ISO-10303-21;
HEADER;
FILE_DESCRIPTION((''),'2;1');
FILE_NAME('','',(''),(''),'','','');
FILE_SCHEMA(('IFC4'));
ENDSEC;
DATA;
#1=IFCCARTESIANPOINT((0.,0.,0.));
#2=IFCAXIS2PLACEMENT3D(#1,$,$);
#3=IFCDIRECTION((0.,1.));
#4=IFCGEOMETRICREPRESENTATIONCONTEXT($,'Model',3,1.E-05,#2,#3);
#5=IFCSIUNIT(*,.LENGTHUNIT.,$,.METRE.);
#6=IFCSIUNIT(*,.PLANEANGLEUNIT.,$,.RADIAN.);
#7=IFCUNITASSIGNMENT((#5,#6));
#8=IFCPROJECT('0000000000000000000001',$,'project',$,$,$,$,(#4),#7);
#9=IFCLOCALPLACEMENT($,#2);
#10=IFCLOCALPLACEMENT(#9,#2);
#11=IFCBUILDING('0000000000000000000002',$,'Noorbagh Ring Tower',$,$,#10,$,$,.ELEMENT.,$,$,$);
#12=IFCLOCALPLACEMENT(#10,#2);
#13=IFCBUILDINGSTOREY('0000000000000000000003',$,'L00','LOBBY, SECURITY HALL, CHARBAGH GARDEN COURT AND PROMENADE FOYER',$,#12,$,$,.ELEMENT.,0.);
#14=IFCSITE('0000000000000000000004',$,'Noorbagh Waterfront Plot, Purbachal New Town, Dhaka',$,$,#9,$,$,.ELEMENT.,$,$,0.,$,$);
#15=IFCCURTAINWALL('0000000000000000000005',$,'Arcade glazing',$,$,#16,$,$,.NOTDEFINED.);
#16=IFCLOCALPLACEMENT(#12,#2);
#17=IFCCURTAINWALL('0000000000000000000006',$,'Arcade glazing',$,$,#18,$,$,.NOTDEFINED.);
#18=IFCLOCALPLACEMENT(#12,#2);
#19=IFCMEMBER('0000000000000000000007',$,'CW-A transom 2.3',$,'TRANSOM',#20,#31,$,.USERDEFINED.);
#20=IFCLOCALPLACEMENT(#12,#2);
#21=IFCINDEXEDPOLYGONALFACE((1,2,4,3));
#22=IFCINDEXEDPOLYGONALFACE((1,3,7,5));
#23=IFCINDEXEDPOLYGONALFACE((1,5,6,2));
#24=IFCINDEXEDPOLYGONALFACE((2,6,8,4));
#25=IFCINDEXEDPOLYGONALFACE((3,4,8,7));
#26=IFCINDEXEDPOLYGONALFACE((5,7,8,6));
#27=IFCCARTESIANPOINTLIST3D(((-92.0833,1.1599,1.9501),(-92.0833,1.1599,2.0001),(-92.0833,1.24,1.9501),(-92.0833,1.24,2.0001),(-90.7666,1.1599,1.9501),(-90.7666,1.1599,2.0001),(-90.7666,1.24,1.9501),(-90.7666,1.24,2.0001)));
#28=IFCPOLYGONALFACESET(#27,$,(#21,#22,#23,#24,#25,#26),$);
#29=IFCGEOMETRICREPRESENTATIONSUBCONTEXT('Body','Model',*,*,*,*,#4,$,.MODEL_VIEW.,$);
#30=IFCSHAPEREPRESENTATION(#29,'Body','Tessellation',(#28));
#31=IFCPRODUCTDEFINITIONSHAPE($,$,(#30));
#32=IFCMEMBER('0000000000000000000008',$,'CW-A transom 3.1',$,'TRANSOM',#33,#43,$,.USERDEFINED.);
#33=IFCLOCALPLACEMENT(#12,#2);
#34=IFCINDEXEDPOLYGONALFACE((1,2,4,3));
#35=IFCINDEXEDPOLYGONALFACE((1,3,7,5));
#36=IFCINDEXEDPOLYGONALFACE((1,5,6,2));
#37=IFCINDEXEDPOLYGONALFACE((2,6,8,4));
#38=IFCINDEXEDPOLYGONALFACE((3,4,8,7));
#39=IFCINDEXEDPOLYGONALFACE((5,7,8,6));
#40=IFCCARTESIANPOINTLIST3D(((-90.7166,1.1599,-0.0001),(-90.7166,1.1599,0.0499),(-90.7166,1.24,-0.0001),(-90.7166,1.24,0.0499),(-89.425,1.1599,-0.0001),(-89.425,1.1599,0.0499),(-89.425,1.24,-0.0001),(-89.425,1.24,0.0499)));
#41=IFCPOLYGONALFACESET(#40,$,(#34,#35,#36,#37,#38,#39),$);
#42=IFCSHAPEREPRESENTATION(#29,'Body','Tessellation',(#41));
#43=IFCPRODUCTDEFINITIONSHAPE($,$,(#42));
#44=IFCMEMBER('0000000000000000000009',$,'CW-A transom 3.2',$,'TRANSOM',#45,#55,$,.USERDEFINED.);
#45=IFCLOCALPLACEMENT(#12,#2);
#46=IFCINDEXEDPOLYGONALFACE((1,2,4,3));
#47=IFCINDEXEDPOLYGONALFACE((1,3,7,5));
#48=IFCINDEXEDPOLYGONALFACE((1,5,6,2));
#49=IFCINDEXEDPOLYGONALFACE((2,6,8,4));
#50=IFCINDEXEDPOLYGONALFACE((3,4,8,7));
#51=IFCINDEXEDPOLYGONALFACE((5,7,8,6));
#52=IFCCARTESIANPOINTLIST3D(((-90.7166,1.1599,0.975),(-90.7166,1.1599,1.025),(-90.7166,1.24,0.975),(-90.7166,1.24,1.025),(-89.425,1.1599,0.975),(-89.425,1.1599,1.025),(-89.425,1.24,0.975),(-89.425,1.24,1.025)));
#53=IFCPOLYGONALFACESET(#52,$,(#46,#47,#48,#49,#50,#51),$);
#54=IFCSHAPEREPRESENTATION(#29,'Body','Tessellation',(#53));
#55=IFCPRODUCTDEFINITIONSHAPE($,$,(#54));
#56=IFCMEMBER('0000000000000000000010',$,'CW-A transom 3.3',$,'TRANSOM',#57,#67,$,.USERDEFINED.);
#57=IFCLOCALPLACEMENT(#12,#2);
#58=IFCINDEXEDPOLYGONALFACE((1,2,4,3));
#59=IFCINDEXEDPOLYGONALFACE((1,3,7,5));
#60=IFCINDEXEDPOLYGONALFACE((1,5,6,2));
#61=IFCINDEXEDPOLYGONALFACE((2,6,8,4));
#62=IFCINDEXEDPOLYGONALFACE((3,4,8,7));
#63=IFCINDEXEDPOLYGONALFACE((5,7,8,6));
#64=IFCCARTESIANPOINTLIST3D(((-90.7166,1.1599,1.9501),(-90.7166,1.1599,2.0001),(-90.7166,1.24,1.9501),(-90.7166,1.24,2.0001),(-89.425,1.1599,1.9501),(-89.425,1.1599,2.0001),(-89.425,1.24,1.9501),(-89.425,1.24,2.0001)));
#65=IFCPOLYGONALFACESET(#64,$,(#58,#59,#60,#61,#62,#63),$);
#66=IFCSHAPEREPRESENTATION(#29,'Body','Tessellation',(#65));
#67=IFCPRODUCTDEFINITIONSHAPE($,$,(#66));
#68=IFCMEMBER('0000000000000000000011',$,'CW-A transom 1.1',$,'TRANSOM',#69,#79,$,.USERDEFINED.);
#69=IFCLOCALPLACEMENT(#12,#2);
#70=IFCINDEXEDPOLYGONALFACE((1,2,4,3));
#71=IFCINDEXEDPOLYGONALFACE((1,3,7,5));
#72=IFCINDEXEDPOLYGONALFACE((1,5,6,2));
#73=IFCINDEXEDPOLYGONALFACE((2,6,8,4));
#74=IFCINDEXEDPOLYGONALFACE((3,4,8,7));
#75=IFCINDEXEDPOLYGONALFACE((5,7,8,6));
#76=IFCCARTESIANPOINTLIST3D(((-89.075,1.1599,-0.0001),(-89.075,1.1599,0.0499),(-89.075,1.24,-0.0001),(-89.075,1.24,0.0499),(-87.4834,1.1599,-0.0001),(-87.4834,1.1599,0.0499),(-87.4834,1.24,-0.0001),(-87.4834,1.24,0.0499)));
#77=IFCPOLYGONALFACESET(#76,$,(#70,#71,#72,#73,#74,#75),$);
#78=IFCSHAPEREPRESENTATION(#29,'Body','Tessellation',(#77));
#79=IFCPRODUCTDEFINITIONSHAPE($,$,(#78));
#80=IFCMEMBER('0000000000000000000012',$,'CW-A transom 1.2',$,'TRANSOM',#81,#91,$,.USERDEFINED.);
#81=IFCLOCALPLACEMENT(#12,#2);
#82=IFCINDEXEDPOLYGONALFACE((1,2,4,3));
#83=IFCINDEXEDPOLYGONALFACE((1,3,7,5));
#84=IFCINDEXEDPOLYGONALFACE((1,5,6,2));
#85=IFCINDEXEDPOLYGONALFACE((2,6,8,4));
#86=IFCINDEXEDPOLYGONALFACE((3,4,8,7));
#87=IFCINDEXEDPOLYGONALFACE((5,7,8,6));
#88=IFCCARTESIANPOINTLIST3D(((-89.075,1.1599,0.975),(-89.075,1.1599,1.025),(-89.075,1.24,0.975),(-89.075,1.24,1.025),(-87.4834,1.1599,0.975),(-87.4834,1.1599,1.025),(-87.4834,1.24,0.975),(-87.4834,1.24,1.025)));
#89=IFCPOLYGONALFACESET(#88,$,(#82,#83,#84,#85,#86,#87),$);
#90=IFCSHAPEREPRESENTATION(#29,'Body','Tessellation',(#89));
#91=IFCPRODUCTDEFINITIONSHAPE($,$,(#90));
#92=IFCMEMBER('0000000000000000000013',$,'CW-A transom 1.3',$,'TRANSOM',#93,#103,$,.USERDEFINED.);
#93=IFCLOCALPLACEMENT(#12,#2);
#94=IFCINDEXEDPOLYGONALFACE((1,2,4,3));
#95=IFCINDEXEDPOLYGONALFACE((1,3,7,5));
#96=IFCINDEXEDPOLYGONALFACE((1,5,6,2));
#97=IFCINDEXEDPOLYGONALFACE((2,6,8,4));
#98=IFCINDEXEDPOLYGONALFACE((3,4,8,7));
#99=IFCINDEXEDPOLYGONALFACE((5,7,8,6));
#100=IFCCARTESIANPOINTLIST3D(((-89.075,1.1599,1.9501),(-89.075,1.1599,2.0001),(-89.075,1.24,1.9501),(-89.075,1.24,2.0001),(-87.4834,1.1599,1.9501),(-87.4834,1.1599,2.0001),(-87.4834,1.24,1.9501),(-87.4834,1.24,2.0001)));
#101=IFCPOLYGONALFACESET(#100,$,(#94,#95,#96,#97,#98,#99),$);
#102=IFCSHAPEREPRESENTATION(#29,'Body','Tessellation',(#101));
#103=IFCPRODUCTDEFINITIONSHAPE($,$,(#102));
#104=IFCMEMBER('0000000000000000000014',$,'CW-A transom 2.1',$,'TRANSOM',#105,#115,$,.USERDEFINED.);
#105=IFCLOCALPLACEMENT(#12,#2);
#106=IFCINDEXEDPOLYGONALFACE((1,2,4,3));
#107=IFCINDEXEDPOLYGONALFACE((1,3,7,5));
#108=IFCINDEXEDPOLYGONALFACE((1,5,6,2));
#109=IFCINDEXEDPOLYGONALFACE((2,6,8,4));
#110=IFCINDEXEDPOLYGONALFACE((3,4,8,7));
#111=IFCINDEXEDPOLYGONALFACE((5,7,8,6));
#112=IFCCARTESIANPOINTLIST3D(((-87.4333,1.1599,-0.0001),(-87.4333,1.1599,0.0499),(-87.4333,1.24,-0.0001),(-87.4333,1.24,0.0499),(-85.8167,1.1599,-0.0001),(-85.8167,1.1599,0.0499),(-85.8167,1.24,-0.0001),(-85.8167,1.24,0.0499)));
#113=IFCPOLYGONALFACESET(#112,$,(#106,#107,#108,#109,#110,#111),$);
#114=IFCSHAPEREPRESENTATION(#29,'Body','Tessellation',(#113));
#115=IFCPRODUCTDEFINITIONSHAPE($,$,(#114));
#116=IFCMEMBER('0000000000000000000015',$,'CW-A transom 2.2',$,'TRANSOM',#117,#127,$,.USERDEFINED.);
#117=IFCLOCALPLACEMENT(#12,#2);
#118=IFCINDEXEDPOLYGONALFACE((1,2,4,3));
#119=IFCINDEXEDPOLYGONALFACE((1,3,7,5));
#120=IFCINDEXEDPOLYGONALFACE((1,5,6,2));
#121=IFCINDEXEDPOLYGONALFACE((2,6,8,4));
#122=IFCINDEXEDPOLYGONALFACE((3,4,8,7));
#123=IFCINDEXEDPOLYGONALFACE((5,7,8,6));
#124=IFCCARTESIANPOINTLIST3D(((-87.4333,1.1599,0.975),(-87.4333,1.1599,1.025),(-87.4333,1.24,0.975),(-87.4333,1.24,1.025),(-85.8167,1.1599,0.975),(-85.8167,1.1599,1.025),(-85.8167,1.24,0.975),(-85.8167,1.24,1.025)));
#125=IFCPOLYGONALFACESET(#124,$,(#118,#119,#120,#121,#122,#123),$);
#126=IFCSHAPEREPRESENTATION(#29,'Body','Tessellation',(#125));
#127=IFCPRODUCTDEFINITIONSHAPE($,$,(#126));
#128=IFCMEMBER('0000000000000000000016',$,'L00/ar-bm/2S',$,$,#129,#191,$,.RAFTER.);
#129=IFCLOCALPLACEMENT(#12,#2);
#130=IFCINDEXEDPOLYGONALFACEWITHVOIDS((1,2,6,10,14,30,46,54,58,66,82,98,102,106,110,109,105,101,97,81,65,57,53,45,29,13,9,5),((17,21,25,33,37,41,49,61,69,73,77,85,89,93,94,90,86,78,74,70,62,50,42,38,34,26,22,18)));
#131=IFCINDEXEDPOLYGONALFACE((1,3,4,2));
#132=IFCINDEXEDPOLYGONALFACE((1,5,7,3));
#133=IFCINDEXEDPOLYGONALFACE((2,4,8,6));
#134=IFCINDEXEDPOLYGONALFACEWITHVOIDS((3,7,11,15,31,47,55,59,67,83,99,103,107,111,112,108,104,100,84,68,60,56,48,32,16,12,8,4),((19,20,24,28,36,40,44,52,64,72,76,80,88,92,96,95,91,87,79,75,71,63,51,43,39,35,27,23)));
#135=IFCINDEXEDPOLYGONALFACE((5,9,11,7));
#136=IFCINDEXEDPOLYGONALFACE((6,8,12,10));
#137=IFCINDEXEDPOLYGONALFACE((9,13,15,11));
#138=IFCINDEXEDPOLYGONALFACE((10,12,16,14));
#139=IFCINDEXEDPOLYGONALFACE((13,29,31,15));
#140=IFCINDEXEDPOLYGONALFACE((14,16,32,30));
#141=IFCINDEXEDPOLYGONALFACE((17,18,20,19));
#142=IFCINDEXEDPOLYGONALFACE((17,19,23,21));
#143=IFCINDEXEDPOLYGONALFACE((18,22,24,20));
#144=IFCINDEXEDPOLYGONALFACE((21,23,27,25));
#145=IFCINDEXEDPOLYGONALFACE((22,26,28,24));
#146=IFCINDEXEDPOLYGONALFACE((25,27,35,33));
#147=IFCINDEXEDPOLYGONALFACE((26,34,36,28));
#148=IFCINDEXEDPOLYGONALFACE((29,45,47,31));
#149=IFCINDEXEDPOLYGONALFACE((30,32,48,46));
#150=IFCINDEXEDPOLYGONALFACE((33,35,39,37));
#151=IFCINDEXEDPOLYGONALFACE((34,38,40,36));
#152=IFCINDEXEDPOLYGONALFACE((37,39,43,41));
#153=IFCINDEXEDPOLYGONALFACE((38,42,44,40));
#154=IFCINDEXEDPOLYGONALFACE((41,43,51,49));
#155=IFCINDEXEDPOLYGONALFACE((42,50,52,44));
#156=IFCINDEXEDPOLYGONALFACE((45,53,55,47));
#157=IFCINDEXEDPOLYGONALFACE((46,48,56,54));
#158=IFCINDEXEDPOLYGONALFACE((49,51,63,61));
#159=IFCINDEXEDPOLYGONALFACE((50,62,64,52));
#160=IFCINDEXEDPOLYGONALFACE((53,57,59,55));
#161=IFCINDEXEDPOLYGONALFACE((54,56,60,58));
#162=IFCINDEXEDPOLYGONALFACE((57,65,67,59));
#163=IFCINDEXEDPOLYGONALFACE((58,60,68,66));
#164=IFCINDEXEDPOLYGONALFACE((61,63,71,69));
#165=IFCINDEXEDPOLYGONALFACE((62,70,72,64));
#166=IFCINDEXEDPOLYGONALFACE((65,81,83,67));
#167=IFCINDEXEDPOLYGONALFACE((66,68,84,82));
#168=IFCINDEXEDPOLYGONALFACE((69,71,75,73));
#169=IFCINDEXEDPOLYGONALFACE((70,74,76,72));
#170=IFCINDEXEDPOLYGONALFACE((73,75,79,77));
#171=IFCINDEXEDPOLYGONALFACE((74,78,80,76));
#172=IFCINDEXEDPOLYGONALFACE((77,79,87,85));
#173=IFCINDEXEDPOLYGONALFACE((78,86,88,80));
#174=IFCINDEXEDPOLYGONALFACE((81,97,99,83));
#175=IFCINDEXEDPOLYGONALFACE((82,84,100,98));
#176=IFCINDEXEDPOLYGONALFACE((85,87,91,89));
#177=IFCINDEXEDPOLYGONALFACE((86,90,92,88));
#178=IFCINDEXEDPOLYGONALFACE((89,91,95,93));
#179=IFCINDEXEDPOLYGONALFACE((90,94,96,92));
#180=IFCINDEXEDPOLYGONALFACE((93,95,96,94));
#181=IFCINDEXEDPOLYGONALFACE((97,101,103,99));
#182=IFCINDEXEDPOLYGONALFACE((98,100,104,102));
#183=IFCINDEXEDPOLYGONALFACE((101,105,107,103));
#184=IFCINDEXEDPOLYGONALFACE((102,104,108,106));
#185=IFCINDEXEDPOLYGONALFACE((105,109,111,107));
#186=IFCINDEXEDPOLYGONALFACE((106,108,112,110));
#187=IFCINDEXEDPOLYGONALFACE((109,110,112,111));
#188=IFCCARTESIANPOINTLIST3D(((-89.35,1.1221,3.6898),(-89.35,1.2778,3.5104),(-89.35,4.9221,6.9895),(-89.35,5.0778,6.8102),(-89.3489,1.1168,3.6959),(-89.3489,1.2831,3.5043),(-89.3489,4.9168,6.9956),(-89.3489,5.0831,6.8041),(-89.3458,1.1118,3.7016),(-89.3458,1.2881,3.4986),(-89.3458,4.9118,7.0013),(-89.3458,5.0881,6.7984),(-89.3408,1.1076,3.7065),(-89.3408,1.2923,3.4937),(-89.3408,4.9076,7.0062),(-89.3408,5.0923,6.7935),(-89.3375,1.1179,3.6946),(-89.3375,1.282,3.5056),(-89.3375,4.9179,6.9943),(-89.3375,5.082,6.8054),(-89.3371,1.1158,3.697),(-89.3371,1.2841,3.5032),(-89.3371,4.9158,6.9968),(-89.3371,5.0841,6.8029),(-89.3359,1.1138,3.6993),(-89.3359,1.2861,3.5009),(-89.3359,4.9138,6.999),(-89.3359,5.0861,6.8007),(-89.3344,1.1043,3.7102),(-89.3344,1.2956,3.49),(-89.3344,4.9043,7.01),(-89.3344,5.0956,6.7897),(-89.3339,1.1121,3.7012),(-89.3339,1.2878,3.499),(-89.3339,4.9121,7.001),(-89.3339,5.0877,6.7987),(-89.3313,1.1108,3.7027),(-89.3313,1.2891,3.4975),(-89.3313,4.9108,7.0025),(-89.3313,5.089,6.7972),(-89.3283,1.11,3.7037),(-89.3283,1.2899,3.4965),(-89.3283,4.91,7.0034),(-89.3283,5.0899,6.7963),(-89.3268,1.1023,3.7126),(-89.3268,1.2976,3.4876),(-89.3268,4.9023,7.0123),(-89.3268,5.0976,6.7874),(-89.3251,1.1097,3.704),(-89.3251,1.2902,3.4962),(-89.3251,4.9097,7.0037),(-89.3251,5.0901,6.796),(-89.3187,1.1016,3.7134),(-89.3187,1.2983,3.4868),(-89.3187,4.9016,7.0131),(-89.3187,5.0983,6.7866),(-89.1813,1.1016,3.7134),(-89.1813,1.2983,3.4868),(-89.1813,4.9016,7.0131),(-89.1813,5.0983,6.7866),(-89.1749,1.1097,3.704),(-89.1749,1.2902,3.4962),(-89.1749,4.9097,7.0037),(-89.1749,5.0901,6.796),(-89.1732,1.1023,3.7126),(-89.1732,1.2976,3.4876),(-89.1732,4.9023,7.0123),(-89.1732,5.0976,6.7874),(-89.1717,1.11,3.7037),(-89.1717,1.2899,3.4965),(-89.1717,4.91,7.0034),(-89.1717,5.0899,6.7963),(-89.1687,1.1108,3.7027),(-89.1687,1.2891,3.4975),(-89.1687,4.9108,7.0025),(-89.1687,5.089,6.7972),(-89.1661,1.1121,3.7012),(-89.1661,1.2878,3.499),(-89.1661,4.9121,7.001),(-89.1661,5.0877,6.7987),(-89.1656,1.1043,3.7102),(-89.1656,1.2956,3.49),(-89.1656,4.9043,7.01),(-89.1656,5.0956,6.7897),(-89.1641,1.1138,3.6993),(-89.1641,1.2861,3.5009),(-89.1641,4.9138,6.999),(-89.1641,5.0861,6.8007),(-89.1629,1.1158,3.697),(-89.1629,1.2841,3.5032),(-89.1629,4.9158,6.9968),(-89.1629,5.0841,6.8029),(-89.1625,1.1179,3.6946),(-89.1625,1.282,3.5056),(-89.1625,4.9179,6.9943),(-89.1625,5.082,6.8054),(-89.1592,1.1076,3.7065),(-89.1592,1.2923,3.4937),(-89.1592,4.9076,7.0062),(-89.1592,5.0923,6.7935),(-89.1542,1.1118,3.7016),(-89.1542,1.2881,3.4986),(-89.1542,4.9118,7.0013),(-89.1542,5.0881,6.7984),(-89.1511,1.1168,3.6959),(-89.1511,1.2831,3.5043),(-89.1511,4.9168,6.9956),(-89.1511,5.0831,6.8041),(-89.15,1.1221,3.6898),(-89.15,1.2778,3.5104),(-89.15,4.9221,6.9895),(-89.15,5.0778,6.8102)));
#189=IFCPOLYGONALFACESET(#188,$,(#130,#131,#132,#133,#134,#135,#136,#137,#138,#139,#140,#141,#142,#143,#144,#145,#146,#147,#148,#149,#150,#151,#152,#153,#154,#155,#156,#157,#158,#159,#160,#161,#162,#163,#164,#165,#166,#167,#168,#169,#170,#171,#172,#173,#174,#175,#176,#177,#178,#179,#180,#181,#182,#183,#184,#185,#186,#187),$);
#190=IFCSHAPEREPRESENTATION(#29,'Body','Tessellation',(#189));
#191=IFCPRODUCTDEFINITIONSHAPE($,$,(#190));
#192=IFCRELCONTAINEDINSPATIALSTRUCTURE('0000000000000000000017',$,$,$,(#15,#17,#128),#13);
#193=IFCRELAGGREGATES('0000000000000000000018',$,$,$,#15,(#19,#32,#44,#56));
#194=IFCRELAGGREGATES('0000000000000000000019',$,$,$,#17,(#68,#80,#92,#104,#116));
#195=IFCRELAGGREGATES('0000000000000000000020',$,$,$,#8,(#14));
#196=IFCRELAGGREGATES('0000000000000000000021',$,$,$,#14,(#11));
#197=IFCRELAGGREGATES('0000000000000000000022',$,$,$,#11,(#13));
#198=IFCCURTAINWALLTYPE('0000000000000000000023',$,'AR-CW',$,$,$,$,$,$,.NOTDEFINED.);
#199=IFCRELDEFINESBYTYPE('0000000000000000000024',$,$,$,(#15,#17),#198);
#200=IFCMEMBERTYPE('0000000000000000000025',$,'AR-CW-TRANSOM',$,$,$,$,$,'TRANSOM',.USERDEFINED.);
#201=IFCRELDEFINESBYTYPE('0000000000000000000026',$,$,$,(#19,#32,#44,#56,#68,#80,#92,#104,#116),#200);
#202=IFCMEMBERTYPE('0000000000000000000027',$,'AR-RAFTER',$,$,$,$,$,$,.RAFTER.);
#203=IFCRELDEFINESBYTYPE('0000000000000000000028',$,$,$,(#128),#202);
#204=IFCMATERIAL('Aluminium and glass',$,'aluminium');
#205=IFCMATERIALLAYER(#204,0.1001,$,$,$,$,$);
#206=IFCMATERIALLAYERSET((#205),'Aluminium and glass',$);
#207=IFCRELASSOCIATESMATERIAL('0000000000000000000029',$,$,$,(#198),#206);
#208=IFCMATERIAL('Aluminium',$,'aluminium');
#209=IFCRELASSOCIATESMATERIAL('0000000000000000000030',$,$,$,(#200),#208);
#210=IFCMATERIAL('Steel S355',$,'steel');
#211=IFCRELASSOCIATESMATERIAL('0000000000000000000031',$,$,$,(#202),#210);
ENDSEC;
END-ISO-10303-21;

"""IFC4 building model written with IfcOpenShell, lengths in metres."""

from ifc_helpers import new_model, si_unit, direction, frame, origin, origin_2d, place, context, subcontext, project, spatial, rectangle, hollow_rectangle, extrude, material, layer, layer_set, material_profile, profile_set, type_object, element, aggregate, save


model = new_model("IFC4")

# Units and contexts
model_context = context("Model", 3, precision=1e-05, world=origin(), true_north=direction((0.0, 1.0)))
body_context = subcontext(model_context, "Body", "Model", "MODEL_VIEW")
ifc_project = project(units=[si_unit("LENGTHUNIT", "METRE"), si_unit("PLANEANGLEUNIT", "RADIAN")], contexts=[model_context])

# Site, building, storey
site_placement = place(None, origin())
site = spatial("IfcSite", under=ifc_project, at=site_placement, Name="Noorbagh Waterfront Plot, Purbachal New Town, Dhaka", CompositionType="ELEMENT", RefElevation=0.0)
building_placement = place(site_placement, origin())
building = spatial("IfcBuilding", under=site, at=building_placement, Name="Noorbagh Ring Tower", CompositionType="ELEMENT")
storey_placement = place(building_placement, origin())
storey = spatial("IfcBuildingStorey", under=building, at=storey_placement, Name="L00", Description="LOBBY, SECURITY HALL, CHARBAGH GARDEN COURT AND PROMENADE FOYER", CompositionType="ELEMENT", Elevation=0.0)

# Curtain walls
ifc_material_1 = material(Name="Aluminium and glass", Category="aluminium")
ifc_layer_1 = layer(ifc_material_1, 0.1001)
ifc_layer_set_1 = layer_set([ifc_layer_1], Name="Aluminium and glass")
curtain_wall_type = type_object("IfcCurtainWallType", Name="AR-CW", PredefinedType="NOTDEFINED", material=ifc_layer_set_1)
curtain_wall_1_placement = place(storey_placement, origin())
curtain_wall_1 = element("IfcCurtainWall", 1, at=curtain_wall_1_placement, inside=storey, type_object=curtain_wall_type, Name="Arcade glazing", PredefinedType="NOTDEFINED")
curtain_wall_2_placement = place(storey_placement, origin())
curtain_wall_2 = element("IfcCurtainWall", 2, at=curtain_wall_2_placement, inside=storey, type_object=curtain_wall_type, Name="Arcade glazing", PredefinedType="NOTDEFINED")

# Members
ifc_material_2 = material(Name="Aluminium", Category="aluminium")
ifc_material_profile_1 = material_profile(ifc_material_2, rectangle(XDim=0.0801, YDim=0.05, at=origin_2d()), Name="AL 80x50")
ifc_profile_set_1 = profile_set([ifc_material_profile_1], Name="Aluminium")
member_type_1 = type_object("IfcMemberType", Name="AR-CW-TRANSOM", ElementType="TRANSOM", PredefinedType="USERDEFINED", material=ifc_profile_set_1)
member_1_placement = place(storey_placement, frame((-92.0833, 1.2, 1.9751), z_axis=(1.0, 0.0, 0.0), x_axis=(0.0, 1.0, 0.0)))
member_1 = element("IfcMember", 3, at=member_1_placement, type_object=member_type_1, Name="CW-A transom 2.3", ObjectType="TRANSOM", PredefinedType="USERDEFINED", context=body_context, shape_type="SweptSolid", body=[
    extrude(rectangle(XDim=0.0801, YDim=0.05, at=origin_2d()), origin(), (0.0, 0.0, 1.0), 1.3167),
])
member_2_placement = place(storey_placement, frame((-90.7166, 1.2, 0.0249), z_axis=(1.0, 0.0, 0.0), x_axis=(0.0, 1.0, 0.0)))
member_2 = element("IfcMember", 4, at=member_2_placement, type_object=member_type_1, Name="CW-A transom 3.1", ObjectType="TRANSOM", PredefinedType="USERDEFINED", context=body_context, shape_type="SweptSolid", body=[
    extrude(rectangle(XDim=0.0801, YDim=0.05, at=origin_2d()), origin(), (0.0, 0.0, 1.0), 1.2915),
])
member_3_placement = place(storey_placement, frame((-90.7166, 1.2, 1.0), z_axis=(1.0, 0.0, 0.0), x_axis=(0.0, 1.0, 0.0)))
member_3 = element("IfcMember", 5, at=member_3_placement, type_object=member_type_1, Name="CW-A transom 3.2", ObjectType="TRANSOM", PredefinedType="USERDEFINED", context=body_context, shape_type="SweptSolid", body=[
    extrude(rectangle(XDim=0.0801, YDim=0.05, at=origin_2d()), origin(), (0.0, 0.0, 1.0), 1.2915),
])
member_4_placement = place(storey_placement, frame((-90.7166, 1.2, 1.9751), z_axis=(1.0, 0.0, 0.0), x_axis=(0.0, 1.0, 0.0)))
member_4 = element("IfcMember", 6, at=member_4_placement, type_object=member_type_1, Name="CW-A transom 3.3", ObjectType="TRANSOM", PredefinedType="USERDEFINED", context=body_context, shape_type="SweptSolid", body=[
    extrude(rectangle(XDim=0.0801, YDim=0.05, at=origin_2d()), origin(), (0.0, 0.0, 1.0), 1.2915),
])
member_5_placement = place(storey_placement, frame((-89.075, 1.2, 0.0249), z_axis=(1.0, 0.0, 0.0), x_axis=(0.0, 1.0, 0.0)))
member_5 = element("IfcMember", 7, at=member_5_placement, type_object=member_type_1, Name="CW-A transom 1.1", ObjectType="TRANSOM", PredefinedType="USERDEFINED", context=body_context, shape_type="SweptSolid", body=[
    extrude(rectangle(XDim=0.0801, YDim=0.05, at=origin_2d()), origin(), (0.0, 0.0, 1.0), 1.5916),
])
member_6_placement = place(storey_placement, frame((-89.075, 1.2, 1.0), z_axis=(1.0, 0.0, 0.0), x_axis=(0.0, 1.0, 0.0)))
member_6 = element("IfcMember", 8, at=member_6_placement, type_object=member_type_1, Name="CW-A transom 1.2", ObjectType="TRANSOM", PredefinedType="USERDEFINED", context=body_context, shape_type="SweptSolid", body=[
    extrude(rectangle(XDim=0.0801, YDim=0.05, at=origin_2d()), origin(), (0.0, 0.0, 1.0), 1.5916),
])
member_7_placement = place(storey_placement, frame((-89.075, 1.2, 1.9751), z_axis=(1.0, 0.0, 0.0), x_axis=(0.0, 1.0, 0.0)))
member_7 = element("IfcMember", 9, at=member_7_placement, type_object=member_type_1, Name="CW-A transom 1.3", ObjectType="TRANSOM", PredefinedType="USERDEFINED", context=body_context, shape_type="SweptSolid", body=[
    extrude(rectangle(XDim=0.0801, YDim=0.05, at=origin_2d()), origin(), (0.0, 0.0, 1.0), 1.5916),
])
member_8_placement = place(storey_placement, frame((-87.4333, 1.2, 0.0249), z_axis=(1.0, 0.0, 0.0), x_axis=(0.0, 1.0, 0.0)))
member_8 = element("IfcMember", 10, at=member_8_placement, type_object=member_type_1, Name="CW-A transom 2.1", ObjectType="TRANSOM", PredefinedType="USERDEFINED", context=body_context, shape_type="SweptSolid", body=[
    extrude(rectangle(XDim=0.0801, YDim=0.05, at=origin_2d()), origin(), (0.0, 0.0, 1.0), 1.6167),
])
member_9_placement = place(storey_placement, frame((-87.4333, 1.2, 1.0), z_axis=(1.0, 0.0, 0.0), x_axis=(0.0, 1.0, 0.0)))
member_9 = element("IfcMember", 11, at=member_9_placement, type_object=member_type_1, Name="CW-A transom 2.2", ObjectType="TRANSOM", PredefinedType="USERDEFINED", context=body_context, shape_type="SweptSolid", body=[
    extrude(rectangle(XDim=0.0801, YDim=0.05, at=origin_2d()), origin(), (0.0, 0.0, 1.0), 1.6167),
])
ifc_material_3 = material(Name="Steel S355", Category="steel")
ifc_material_profile_2 = material_profile(ifc_material_3, hollow_rectangle(XDim=0.2, YDim=0.3, WallThickness=0.0125, InnerFilletRadius=0.0125, OuterFilletRadius=0.0312, at=origin_2d()), Name="RHS300x200x12.5")
ifc_profile_set_2 = profile_set([ifc_material_profile_2], Name="Steel S355")
member_type_2 = type_object("IfcMemberType", Name="AR-RAFTER", PredefinedType="RAFTER", material=ifc_profile_set_2)
member_10_placement = place(storey_placement, frame((-89.25, 1.2, 3.6001), z_axis=(0.0, 0.755057, 0.65566), x_axis=(-1.0, 0.0, 0.0)))
element("IfcMember", 12, at=member_10_placement, inside=storey, type_object=member_type_2, Name="L00/ar-bm/2S", PredefinedType="RAFTER", context=body_context, shape_type="SweptSolid", body=[
    extrude(hollow_rectangle(XDim=0.2, YDim=0.3, WallThickness=0.0125, InnerFilletRadius=0.0125, OuterFilletRadius=0.0312, at=origin_2d()), origin(), (0.0, 0.0, 1.0), 5.0327),
])

aggregate(curtain_wall_1, [member_1, member_2, member_3, member_4])
aggregate(curtain_wall_2, [member_5, member_6, member_7, member_8, member_9])

save(model, "model.ifc")
